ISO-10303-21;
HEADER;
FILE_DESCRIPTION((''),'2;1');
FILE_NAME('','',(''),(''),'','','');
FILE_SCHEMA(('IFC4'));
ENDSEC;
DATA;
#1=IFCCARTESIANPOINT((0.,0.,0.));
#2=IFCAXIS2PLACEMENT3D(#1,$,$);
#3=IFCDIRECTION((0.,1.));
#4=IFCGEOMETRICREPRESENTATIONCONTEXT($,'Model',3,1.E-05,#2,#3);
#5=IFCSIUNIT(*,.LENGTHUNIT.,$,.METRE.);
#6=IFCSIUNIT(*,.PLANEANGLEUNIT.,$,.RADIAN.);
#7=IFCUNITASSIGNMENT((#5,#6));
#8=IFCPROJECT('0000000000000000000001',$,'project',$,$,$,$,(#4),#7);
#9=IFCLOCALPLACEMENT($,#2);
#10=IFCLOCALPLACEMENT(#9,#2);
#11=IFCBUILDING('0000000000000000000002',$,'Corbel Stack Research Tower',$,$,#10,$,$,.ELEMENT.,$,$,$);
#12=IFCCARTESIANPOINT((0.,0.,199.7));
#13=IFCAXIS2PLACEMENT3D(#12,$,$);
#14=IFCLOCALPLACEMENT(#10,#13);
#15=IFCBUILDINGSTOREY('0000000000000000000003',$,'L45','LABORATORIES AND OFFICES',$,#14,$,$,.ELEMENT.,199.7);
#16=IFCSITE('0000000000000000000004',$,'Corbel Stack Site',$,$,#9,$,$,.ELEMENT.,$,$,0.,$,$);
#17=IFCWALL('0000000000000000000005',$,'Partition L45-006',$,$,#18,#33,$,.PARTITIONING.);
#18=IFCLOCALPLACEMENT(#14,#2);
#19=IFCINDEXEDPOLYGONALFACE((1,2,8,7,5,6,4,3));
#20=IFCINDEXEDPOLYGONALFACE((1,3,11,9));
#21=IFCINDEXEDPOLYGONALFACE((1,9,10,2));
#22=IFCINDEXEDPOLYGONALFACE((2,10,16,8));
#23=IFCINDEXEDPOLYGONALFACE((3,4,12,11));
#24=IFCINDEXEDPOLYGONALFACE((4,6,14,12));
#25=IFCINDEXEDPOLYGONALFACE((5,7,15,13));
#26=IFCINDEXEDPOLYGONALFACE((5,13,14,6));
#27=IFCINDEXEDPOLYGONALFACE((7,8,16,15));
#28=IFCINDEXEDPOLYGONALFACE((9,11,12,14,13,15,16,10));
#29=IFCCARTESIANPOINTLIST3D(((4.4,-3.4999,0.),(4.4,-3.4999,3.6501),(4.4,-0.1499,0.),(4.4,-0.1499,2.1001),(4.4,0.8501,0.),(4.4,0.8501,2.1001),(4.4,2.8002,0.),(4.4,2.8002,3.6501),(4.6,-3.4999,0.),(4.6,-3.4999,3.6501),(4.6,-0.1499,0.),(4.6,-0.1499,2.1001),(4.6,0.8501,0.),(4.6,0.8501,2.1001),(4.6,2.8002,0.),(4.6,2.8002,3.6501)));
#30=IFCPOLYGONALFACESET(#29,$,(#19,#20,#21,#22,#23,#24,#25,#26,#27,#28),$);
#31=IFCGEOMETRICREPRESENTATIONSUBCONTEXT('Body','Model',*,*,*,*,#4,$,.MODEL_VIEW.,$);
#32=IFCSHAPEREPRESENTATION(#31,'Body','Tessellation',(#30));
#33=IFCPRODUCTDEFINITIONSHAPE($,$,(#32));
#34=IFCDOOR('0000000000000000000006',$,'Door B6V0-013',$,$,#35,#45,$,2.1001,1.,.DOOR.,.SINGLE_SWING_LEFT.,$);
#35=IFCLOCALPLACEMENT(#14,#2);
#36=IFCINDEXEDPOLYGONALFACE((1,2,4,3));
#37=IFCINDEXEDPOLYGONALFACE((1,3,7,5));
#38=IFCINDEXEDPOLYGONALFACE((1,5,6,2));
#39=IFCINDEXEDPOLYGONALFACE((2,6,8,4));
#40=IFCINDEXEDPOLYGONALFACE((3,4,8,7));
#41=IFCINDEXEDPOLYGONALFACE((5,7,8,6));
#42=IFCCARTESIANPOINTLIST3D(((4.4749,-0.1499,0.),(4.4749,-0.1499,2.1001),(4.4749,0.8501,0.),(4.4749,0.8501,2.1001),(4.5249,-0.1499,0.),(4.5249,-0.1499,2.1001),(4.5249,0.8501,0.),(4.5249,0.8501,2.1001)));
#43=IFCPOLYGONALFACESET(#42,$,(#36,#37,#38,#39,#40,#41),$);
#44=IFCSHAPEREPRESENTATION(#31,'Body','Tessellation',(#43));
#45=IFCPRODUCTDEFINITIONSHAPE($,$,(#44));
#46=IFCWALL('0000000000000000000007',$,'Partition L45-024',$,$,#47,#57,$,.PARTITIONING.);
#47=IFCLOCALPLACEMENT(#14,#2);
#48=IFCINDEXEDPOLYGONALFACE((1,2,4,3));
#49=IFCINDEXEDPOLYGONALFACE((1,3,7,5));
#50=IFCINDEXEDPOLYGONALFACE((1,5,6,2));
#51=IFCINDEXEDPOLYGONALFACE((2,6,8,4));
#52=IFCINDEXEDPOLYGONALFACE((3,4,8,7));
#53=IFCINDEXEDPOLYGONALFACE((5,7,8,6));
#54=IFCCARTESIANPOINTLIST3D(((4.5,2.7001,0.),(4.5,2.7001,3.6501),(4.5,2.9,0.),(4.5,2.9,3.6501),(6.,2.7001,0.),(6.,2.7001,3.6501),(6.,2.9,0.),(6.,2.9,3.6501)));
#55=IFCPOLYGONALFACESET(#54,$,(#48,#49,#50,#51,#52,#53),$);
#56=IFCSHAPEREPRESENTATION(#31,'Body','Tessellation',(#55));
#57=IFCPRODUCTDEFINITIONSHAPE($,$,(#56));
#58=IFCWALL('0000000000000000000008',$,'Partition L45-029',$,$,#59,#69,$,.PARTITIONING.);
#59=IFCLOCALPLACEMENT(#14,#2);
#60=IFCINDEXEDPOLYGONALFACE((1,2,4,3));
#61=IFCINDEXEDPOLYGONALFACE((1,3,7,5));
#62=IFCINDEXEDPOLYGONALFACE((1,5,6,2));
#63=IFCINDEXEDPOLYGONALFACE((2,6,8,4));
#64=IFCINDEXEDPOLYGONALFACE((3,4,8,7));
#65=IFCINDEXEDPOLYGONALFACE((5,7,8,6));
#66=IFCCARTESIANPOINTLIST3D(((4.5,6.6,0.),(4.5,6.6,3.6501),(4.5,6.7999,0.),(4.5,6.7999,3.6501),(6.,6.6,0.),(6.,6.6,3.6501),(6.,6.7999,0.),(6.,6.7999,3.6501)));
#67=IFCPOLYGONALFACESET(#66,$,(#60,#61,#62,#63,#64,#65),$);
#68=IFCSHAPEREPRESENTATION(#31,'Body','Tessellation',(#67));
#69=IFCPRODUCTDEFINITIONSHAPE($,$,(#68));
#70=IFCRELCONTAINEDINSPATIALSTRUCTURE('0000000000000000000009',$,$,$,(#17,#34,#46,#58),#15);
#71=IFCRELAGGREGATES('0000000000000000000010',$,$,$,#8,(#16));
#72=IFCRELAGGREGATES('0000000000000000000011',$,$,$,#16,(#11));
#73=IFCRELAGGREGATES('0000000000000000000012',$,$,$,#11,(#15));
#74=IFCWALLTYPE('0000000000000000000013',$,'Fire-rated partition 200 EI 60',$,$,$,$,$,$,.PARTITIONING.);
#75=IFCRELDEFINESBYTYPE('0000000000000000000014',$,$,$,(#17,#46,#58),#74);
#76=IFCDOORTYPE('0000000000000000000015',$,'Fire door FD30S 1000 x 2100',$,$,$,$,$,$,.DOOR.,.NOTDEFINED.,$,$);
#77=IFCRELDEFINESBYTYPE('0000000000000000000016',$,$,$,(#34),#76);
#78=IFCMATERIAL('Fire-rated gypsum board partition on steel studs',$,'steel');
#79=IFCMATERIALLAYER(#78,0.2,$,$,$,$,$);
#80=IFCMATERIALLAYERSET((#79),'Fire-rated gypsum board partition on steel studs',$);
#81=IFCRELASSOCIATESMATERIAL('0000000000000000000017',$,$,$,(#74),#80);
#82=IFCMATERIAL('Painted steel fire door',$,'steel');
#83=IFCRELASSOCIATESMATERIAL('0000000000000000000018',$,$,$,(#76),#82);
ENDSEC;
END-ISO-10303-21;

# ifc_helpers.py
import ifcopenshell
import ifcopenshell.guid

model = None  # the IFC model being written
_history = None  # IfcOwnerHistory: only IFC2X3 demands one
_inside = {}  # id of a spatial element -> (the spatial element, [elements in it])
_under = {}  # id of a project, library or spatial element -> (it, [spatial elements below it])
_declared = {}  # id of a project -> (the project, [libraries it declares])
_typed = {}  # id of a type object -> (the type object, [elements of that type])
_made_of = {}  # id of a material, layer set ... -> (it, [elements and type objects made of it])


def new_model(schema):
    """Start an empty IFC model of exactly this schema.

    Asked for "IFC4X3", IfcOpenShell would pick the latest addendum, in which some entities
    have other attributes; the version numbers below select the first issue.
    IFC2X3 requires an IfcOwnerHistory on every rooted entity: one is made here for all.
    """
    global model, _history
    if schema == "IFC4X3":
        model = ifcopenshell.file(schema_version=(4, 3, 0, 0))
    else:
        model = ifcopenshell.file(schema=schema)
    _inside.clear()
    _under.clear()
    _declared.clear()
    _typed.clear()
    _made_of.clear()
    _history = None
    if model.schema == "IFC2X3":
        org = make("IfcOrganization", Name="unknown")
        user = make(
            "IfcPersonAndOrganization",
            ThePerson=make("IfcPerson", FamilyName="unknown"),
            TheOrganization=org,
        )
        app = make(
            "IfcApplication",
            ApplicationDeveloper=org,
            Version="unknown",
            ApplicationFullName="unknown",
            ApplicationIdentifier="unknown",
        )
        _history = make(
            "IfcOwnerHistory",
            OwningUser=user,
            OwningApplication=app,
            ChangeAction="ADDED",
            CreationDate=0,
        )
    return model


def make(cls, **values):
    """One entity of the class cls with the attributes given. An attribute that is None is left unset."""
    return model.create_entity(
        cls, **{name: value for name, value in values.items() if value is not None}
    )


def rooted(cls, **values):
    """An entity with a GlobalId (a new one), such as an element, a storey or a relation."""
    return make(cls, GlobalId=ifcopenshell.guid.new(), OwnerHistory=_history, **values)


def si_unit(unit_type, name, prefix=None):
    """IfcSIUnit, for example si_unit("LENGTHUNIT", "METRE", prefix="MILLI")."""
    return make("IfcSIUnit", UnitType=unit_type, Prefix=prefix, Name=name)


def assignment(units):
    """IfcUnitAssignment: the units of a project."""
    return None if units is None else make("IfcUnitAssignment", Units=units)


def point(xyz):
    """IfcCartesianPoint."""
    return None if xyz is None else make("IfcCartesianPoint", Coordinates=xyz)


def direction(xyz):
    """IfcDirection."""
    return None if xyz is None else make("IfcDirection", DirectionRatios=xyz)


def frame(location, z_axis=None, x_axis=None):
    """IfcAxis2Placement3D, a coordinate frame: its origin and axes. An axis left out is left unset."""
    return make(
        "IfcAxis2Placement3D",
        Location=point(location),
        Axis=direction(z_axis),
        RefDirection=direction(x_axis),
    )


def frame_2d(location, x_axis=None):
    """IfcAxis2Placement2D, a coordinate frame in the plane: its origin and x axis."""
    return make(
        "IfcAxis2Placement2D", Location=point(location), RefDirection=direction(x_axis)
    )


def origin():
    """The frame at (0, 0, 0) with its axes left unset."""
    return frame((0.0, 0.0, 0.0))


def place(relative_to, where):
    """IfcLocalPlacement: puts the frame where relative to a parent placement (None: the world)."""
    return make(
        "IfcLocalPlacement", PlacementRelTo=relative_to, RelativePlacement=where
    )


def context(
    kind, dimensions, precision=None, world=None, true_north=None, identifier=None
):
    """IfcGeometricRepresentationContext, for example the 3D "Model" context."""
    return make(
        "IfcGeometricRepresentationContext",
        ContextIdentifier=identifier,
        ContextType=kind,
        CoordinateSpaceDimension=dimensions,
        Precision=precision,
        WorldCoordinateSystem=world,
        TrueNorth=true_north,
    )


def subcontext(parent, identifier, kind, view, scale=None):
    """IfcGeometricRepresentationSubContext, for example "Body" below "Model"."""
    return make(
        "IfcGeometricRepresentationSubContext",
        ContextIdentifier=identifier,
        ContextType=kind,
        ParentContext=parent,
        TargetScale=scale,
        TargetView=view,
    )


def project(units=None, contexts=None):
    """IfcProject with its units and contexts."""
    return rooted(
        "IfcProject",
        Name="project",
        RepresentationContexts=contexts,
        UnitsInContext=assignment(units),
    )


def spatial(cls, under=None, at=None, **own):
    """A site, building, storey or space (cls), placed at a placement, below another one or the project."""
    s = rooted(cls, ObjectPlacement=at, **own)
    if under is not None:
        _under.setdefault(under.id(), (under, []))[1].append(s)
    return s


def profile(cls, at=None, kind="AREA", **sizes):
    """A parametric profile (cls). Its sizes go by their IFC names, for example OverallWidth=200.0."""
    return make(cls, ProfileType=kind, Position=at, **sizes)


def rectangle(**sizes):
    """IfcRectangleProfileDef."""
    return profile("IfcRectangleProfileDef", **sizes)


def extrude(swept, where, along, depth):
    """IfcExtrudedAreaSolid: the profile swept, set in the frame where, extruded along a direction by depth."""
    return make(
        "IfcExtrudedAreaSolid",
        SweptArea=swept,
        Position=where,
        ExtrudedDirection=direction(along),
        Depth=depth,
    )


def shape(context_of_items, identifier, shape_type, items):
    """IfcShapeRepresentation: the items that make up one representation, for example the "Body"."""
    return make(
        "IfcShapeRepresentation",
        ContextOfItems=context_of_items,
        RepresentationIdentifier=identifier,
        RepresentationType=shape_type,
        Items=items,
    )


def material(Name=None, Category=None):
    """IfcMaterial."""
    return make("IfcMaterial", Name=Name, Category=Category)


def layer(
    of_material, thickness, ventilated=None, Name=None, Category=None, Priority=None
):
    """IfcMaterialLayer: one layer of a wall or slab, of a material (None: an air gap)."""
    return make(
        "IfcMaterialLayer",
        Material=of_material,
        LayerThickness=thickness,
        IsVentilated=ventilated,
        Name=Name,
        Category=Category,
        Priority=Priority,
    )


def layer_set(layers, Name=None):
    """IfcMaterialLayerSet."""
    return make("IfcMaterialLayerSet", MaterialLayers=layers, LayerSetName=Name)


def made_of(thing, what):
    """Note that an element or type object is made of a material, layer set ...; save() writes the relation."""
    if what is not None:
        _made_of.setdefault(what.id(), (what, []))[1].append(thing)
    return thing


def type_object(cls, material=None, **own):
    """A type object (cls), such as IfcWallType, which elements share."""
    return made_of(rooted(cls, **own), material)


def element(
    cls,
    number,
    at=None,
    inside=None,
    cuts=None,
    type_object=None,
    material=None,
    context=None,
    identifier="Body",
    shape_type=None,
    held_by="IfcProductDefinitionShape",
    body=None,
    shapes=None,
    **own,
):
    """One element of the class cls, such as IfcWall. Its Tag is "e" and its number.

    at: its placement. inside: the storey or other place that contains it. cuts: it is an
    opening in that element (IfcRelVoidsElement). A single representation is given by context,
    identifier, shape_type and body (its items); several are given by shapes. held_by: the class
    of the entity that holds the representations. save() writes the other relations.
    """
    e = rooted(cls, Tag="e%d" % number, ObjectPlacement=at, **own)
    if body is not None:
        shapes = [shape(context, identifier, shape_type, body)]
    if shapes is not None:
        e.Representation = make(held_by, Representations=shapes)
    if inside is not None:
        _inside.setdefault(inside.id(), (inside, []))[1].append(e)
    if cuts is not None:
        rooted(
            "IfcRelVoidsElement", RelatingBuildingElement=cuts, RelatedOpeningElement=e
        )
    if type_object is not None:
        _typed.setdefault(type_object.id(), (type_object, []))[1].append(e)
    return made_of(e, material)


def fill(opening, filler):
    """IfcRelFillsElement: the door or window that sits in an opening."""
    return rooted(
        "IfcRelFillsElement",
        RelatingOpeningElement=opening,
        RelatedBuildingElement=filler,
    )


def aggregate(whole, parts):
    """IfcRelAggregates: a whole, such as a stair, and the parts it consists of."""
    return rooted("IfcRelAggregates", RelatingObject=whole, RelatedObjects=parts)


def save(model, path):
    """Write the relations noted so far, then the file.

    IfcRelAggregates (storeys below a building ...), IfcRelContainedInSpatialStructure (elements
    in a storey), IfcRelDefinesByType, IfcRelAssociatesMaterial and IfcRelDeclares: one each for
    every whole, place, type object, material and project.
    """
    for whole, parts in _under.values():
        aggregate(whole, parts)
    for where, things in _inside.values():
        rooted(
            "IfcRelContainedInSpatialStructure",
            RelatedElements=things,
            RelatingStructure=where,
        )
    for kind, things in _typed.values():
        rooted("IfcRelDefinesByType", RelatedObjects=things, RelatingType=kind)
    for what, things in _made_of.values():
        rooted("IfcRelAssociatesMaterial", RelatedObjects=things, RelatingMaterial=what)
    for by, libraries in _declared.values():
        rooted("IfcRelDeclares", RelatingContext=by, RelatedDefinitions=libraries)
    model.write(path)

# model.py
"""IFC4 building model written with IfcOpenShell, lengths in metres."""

from ifc_helpers import new_model, si_unit, direction, frame, frame_2d, origin, place, context, subcontext, project, spatial, rectangle, extrude, material, layer, layer_set, type_object, element, fill, save


model = new_model("IFC4")

# Units and contexts
model_context = context("Model", 3, precision=1e-05, world=origin(), true_north=direction((0.0, 1.0)))
body_context = subcontext(model_context, "Body", "Model", "MODEL_VIEW")
ifc_project = project(units=[si_unit("LENGTHUNIT", "METRE"), si_unit("PLANEANGLEUNIT", "RADIAN")], contexts=[model_context])

# Site, building, storey
site_placement = place(None, origin())
site = spatial("IfcSite", under=ifc_project, at=site_placement, Name="Corbel Stack Site", CompositionType="ELEMENT", RefElevation=0.0)
building_placement = place(site_placement, origin())
building = spatial("IfcBuilding", under=site, at=building_placement, Name="Corbel Stack Research Tower", CompositionType="ELEMENT")
storey_placement = place(building_placement, frame((0.0, 0.0, 199.7)))
storey = spatial("IfcBuildingStorey", under=building, at=storey_placement, Name="L45", Description="LABORATORIES AND OFFICES", CompositionType="ELEMENT", Elevation=199.7)

# Wall, opening, door
ifc_material_1 = material(Name="Fire-rated gypsum board partition on steel studs", Category="steel")
ifc_layer_1 = layer(ifc_material_1, 0.2)
ifc_layer_set_1 = layer_set([ifc_layer_1], Name="Fire-rated gypsum board partition on steel studs")
wall_type_1 = type_object("IfcWallType", Name="Fire-rated partition 200 EI 60", PredefinedType="PARTITIONING", material=ifc_layer_set_1)
wall_1_placement = place(storey_placement, frame((4.5, 2.8, 0.0), z_axis=(0.0, 0.0, 1.0), x_axis=(0.0, -1.0, 0.0)))
wall_1 = element("IfcWall", 1, at=wall_1_placement, inside=storey, type_object=wall_type_1, Name="Partition L45-006", PredefinedType="PARTITIONING", context=body_context, shape_type="SweptSolid", body=[
    extrude(rectangle(XDim=6.3, YDim=0.2, at=frame_2d((3.1499, 0.0))), origin(), (0.0, 0.0, 1.0), 3.6501),
])
opening_1_placement = place(wall_1_placement, frame((1.95, 0.0, 0.0)))
opening_1 = element("IfcOpeningElement", 2, at=opening_1_placement, cuts=wall_1, PredefinedType="OPENING", context=body_context, shape_type="SweptSolid", body=[
    extrude(rectangle(XDim=1.0, YDim=2.1001, at=frame_2d((0.5, 1.05))), frame((0.0, 0.1099, 0.0), z_axis=(0.0, -1.0, 0.0), x_axis=(1.0, 0.0, 0.0)), (0.0, 0.0, 1.0), 0.22),
])
ifc_material_2 = material(Name="Painted steel fire door", Category="steel")
door_type_1 = type_object("IfcDoorType", Name="Fire door FD30S 1000 x 2100", OperationType="NOTDEFINED", PredefinedType="DOOR", material=ifc_material_2)
door_1_placement = place(opening_1_placement, origin())
door_1 = element("IfcDoor", 3, at=door_1_placement, inside=storey, type_object=door_type_1, Name="Door B6V0-013", OperationType="SINGLE_SWING_LEFT", OverallHeight=2.1001, OverallWidth=1.0, PredefinedType="DOOR", context=body_context, shape_type="SweptSolid", body=[
    extrude(rectangle(XDim=1.0, YDim=2.1001, at=frame_2d((0.5, 1.05))), frame((0.0, 0.0249, 0.0), z_axis=(0.0, -1.0, 0.0), x_axis=(1.0, 0.0, 0.0)), (0.0, 0.0, 1.0), 0.05),
])
fill(opening_1, door_1)

# Walls
for number, where, z_axis, x_axis, name in (
    (4, (4.5, 2.8, 0.0), (0.0, 0.0, 1.0), (1.0, 0.0, 0.0), "Partition L45-024"),
    (5, (4.5, 6.7, 0.0), (0.0, 0.0, 1.0), (1.0, 0.0, 0.0), "Partition L45-029"),
):
    element("IfcWall", number, at=place(storey_placement, frame(where, z_axis=z_axis, x_axis=x_axis)), inside=storey, type_object=wall_type_1, Name=name, PredefinedType="PARTITIONING", context=body_context, shape_type="SweptSolid", body=[
        extrude(rectangle(XDim=1.5, YDim=0.2, at=frame_2d((0.75, 0.0))), origin(), (0.0, 0.0, 1.0), 3.6501),
    ])

save(model, "model.ifc")
